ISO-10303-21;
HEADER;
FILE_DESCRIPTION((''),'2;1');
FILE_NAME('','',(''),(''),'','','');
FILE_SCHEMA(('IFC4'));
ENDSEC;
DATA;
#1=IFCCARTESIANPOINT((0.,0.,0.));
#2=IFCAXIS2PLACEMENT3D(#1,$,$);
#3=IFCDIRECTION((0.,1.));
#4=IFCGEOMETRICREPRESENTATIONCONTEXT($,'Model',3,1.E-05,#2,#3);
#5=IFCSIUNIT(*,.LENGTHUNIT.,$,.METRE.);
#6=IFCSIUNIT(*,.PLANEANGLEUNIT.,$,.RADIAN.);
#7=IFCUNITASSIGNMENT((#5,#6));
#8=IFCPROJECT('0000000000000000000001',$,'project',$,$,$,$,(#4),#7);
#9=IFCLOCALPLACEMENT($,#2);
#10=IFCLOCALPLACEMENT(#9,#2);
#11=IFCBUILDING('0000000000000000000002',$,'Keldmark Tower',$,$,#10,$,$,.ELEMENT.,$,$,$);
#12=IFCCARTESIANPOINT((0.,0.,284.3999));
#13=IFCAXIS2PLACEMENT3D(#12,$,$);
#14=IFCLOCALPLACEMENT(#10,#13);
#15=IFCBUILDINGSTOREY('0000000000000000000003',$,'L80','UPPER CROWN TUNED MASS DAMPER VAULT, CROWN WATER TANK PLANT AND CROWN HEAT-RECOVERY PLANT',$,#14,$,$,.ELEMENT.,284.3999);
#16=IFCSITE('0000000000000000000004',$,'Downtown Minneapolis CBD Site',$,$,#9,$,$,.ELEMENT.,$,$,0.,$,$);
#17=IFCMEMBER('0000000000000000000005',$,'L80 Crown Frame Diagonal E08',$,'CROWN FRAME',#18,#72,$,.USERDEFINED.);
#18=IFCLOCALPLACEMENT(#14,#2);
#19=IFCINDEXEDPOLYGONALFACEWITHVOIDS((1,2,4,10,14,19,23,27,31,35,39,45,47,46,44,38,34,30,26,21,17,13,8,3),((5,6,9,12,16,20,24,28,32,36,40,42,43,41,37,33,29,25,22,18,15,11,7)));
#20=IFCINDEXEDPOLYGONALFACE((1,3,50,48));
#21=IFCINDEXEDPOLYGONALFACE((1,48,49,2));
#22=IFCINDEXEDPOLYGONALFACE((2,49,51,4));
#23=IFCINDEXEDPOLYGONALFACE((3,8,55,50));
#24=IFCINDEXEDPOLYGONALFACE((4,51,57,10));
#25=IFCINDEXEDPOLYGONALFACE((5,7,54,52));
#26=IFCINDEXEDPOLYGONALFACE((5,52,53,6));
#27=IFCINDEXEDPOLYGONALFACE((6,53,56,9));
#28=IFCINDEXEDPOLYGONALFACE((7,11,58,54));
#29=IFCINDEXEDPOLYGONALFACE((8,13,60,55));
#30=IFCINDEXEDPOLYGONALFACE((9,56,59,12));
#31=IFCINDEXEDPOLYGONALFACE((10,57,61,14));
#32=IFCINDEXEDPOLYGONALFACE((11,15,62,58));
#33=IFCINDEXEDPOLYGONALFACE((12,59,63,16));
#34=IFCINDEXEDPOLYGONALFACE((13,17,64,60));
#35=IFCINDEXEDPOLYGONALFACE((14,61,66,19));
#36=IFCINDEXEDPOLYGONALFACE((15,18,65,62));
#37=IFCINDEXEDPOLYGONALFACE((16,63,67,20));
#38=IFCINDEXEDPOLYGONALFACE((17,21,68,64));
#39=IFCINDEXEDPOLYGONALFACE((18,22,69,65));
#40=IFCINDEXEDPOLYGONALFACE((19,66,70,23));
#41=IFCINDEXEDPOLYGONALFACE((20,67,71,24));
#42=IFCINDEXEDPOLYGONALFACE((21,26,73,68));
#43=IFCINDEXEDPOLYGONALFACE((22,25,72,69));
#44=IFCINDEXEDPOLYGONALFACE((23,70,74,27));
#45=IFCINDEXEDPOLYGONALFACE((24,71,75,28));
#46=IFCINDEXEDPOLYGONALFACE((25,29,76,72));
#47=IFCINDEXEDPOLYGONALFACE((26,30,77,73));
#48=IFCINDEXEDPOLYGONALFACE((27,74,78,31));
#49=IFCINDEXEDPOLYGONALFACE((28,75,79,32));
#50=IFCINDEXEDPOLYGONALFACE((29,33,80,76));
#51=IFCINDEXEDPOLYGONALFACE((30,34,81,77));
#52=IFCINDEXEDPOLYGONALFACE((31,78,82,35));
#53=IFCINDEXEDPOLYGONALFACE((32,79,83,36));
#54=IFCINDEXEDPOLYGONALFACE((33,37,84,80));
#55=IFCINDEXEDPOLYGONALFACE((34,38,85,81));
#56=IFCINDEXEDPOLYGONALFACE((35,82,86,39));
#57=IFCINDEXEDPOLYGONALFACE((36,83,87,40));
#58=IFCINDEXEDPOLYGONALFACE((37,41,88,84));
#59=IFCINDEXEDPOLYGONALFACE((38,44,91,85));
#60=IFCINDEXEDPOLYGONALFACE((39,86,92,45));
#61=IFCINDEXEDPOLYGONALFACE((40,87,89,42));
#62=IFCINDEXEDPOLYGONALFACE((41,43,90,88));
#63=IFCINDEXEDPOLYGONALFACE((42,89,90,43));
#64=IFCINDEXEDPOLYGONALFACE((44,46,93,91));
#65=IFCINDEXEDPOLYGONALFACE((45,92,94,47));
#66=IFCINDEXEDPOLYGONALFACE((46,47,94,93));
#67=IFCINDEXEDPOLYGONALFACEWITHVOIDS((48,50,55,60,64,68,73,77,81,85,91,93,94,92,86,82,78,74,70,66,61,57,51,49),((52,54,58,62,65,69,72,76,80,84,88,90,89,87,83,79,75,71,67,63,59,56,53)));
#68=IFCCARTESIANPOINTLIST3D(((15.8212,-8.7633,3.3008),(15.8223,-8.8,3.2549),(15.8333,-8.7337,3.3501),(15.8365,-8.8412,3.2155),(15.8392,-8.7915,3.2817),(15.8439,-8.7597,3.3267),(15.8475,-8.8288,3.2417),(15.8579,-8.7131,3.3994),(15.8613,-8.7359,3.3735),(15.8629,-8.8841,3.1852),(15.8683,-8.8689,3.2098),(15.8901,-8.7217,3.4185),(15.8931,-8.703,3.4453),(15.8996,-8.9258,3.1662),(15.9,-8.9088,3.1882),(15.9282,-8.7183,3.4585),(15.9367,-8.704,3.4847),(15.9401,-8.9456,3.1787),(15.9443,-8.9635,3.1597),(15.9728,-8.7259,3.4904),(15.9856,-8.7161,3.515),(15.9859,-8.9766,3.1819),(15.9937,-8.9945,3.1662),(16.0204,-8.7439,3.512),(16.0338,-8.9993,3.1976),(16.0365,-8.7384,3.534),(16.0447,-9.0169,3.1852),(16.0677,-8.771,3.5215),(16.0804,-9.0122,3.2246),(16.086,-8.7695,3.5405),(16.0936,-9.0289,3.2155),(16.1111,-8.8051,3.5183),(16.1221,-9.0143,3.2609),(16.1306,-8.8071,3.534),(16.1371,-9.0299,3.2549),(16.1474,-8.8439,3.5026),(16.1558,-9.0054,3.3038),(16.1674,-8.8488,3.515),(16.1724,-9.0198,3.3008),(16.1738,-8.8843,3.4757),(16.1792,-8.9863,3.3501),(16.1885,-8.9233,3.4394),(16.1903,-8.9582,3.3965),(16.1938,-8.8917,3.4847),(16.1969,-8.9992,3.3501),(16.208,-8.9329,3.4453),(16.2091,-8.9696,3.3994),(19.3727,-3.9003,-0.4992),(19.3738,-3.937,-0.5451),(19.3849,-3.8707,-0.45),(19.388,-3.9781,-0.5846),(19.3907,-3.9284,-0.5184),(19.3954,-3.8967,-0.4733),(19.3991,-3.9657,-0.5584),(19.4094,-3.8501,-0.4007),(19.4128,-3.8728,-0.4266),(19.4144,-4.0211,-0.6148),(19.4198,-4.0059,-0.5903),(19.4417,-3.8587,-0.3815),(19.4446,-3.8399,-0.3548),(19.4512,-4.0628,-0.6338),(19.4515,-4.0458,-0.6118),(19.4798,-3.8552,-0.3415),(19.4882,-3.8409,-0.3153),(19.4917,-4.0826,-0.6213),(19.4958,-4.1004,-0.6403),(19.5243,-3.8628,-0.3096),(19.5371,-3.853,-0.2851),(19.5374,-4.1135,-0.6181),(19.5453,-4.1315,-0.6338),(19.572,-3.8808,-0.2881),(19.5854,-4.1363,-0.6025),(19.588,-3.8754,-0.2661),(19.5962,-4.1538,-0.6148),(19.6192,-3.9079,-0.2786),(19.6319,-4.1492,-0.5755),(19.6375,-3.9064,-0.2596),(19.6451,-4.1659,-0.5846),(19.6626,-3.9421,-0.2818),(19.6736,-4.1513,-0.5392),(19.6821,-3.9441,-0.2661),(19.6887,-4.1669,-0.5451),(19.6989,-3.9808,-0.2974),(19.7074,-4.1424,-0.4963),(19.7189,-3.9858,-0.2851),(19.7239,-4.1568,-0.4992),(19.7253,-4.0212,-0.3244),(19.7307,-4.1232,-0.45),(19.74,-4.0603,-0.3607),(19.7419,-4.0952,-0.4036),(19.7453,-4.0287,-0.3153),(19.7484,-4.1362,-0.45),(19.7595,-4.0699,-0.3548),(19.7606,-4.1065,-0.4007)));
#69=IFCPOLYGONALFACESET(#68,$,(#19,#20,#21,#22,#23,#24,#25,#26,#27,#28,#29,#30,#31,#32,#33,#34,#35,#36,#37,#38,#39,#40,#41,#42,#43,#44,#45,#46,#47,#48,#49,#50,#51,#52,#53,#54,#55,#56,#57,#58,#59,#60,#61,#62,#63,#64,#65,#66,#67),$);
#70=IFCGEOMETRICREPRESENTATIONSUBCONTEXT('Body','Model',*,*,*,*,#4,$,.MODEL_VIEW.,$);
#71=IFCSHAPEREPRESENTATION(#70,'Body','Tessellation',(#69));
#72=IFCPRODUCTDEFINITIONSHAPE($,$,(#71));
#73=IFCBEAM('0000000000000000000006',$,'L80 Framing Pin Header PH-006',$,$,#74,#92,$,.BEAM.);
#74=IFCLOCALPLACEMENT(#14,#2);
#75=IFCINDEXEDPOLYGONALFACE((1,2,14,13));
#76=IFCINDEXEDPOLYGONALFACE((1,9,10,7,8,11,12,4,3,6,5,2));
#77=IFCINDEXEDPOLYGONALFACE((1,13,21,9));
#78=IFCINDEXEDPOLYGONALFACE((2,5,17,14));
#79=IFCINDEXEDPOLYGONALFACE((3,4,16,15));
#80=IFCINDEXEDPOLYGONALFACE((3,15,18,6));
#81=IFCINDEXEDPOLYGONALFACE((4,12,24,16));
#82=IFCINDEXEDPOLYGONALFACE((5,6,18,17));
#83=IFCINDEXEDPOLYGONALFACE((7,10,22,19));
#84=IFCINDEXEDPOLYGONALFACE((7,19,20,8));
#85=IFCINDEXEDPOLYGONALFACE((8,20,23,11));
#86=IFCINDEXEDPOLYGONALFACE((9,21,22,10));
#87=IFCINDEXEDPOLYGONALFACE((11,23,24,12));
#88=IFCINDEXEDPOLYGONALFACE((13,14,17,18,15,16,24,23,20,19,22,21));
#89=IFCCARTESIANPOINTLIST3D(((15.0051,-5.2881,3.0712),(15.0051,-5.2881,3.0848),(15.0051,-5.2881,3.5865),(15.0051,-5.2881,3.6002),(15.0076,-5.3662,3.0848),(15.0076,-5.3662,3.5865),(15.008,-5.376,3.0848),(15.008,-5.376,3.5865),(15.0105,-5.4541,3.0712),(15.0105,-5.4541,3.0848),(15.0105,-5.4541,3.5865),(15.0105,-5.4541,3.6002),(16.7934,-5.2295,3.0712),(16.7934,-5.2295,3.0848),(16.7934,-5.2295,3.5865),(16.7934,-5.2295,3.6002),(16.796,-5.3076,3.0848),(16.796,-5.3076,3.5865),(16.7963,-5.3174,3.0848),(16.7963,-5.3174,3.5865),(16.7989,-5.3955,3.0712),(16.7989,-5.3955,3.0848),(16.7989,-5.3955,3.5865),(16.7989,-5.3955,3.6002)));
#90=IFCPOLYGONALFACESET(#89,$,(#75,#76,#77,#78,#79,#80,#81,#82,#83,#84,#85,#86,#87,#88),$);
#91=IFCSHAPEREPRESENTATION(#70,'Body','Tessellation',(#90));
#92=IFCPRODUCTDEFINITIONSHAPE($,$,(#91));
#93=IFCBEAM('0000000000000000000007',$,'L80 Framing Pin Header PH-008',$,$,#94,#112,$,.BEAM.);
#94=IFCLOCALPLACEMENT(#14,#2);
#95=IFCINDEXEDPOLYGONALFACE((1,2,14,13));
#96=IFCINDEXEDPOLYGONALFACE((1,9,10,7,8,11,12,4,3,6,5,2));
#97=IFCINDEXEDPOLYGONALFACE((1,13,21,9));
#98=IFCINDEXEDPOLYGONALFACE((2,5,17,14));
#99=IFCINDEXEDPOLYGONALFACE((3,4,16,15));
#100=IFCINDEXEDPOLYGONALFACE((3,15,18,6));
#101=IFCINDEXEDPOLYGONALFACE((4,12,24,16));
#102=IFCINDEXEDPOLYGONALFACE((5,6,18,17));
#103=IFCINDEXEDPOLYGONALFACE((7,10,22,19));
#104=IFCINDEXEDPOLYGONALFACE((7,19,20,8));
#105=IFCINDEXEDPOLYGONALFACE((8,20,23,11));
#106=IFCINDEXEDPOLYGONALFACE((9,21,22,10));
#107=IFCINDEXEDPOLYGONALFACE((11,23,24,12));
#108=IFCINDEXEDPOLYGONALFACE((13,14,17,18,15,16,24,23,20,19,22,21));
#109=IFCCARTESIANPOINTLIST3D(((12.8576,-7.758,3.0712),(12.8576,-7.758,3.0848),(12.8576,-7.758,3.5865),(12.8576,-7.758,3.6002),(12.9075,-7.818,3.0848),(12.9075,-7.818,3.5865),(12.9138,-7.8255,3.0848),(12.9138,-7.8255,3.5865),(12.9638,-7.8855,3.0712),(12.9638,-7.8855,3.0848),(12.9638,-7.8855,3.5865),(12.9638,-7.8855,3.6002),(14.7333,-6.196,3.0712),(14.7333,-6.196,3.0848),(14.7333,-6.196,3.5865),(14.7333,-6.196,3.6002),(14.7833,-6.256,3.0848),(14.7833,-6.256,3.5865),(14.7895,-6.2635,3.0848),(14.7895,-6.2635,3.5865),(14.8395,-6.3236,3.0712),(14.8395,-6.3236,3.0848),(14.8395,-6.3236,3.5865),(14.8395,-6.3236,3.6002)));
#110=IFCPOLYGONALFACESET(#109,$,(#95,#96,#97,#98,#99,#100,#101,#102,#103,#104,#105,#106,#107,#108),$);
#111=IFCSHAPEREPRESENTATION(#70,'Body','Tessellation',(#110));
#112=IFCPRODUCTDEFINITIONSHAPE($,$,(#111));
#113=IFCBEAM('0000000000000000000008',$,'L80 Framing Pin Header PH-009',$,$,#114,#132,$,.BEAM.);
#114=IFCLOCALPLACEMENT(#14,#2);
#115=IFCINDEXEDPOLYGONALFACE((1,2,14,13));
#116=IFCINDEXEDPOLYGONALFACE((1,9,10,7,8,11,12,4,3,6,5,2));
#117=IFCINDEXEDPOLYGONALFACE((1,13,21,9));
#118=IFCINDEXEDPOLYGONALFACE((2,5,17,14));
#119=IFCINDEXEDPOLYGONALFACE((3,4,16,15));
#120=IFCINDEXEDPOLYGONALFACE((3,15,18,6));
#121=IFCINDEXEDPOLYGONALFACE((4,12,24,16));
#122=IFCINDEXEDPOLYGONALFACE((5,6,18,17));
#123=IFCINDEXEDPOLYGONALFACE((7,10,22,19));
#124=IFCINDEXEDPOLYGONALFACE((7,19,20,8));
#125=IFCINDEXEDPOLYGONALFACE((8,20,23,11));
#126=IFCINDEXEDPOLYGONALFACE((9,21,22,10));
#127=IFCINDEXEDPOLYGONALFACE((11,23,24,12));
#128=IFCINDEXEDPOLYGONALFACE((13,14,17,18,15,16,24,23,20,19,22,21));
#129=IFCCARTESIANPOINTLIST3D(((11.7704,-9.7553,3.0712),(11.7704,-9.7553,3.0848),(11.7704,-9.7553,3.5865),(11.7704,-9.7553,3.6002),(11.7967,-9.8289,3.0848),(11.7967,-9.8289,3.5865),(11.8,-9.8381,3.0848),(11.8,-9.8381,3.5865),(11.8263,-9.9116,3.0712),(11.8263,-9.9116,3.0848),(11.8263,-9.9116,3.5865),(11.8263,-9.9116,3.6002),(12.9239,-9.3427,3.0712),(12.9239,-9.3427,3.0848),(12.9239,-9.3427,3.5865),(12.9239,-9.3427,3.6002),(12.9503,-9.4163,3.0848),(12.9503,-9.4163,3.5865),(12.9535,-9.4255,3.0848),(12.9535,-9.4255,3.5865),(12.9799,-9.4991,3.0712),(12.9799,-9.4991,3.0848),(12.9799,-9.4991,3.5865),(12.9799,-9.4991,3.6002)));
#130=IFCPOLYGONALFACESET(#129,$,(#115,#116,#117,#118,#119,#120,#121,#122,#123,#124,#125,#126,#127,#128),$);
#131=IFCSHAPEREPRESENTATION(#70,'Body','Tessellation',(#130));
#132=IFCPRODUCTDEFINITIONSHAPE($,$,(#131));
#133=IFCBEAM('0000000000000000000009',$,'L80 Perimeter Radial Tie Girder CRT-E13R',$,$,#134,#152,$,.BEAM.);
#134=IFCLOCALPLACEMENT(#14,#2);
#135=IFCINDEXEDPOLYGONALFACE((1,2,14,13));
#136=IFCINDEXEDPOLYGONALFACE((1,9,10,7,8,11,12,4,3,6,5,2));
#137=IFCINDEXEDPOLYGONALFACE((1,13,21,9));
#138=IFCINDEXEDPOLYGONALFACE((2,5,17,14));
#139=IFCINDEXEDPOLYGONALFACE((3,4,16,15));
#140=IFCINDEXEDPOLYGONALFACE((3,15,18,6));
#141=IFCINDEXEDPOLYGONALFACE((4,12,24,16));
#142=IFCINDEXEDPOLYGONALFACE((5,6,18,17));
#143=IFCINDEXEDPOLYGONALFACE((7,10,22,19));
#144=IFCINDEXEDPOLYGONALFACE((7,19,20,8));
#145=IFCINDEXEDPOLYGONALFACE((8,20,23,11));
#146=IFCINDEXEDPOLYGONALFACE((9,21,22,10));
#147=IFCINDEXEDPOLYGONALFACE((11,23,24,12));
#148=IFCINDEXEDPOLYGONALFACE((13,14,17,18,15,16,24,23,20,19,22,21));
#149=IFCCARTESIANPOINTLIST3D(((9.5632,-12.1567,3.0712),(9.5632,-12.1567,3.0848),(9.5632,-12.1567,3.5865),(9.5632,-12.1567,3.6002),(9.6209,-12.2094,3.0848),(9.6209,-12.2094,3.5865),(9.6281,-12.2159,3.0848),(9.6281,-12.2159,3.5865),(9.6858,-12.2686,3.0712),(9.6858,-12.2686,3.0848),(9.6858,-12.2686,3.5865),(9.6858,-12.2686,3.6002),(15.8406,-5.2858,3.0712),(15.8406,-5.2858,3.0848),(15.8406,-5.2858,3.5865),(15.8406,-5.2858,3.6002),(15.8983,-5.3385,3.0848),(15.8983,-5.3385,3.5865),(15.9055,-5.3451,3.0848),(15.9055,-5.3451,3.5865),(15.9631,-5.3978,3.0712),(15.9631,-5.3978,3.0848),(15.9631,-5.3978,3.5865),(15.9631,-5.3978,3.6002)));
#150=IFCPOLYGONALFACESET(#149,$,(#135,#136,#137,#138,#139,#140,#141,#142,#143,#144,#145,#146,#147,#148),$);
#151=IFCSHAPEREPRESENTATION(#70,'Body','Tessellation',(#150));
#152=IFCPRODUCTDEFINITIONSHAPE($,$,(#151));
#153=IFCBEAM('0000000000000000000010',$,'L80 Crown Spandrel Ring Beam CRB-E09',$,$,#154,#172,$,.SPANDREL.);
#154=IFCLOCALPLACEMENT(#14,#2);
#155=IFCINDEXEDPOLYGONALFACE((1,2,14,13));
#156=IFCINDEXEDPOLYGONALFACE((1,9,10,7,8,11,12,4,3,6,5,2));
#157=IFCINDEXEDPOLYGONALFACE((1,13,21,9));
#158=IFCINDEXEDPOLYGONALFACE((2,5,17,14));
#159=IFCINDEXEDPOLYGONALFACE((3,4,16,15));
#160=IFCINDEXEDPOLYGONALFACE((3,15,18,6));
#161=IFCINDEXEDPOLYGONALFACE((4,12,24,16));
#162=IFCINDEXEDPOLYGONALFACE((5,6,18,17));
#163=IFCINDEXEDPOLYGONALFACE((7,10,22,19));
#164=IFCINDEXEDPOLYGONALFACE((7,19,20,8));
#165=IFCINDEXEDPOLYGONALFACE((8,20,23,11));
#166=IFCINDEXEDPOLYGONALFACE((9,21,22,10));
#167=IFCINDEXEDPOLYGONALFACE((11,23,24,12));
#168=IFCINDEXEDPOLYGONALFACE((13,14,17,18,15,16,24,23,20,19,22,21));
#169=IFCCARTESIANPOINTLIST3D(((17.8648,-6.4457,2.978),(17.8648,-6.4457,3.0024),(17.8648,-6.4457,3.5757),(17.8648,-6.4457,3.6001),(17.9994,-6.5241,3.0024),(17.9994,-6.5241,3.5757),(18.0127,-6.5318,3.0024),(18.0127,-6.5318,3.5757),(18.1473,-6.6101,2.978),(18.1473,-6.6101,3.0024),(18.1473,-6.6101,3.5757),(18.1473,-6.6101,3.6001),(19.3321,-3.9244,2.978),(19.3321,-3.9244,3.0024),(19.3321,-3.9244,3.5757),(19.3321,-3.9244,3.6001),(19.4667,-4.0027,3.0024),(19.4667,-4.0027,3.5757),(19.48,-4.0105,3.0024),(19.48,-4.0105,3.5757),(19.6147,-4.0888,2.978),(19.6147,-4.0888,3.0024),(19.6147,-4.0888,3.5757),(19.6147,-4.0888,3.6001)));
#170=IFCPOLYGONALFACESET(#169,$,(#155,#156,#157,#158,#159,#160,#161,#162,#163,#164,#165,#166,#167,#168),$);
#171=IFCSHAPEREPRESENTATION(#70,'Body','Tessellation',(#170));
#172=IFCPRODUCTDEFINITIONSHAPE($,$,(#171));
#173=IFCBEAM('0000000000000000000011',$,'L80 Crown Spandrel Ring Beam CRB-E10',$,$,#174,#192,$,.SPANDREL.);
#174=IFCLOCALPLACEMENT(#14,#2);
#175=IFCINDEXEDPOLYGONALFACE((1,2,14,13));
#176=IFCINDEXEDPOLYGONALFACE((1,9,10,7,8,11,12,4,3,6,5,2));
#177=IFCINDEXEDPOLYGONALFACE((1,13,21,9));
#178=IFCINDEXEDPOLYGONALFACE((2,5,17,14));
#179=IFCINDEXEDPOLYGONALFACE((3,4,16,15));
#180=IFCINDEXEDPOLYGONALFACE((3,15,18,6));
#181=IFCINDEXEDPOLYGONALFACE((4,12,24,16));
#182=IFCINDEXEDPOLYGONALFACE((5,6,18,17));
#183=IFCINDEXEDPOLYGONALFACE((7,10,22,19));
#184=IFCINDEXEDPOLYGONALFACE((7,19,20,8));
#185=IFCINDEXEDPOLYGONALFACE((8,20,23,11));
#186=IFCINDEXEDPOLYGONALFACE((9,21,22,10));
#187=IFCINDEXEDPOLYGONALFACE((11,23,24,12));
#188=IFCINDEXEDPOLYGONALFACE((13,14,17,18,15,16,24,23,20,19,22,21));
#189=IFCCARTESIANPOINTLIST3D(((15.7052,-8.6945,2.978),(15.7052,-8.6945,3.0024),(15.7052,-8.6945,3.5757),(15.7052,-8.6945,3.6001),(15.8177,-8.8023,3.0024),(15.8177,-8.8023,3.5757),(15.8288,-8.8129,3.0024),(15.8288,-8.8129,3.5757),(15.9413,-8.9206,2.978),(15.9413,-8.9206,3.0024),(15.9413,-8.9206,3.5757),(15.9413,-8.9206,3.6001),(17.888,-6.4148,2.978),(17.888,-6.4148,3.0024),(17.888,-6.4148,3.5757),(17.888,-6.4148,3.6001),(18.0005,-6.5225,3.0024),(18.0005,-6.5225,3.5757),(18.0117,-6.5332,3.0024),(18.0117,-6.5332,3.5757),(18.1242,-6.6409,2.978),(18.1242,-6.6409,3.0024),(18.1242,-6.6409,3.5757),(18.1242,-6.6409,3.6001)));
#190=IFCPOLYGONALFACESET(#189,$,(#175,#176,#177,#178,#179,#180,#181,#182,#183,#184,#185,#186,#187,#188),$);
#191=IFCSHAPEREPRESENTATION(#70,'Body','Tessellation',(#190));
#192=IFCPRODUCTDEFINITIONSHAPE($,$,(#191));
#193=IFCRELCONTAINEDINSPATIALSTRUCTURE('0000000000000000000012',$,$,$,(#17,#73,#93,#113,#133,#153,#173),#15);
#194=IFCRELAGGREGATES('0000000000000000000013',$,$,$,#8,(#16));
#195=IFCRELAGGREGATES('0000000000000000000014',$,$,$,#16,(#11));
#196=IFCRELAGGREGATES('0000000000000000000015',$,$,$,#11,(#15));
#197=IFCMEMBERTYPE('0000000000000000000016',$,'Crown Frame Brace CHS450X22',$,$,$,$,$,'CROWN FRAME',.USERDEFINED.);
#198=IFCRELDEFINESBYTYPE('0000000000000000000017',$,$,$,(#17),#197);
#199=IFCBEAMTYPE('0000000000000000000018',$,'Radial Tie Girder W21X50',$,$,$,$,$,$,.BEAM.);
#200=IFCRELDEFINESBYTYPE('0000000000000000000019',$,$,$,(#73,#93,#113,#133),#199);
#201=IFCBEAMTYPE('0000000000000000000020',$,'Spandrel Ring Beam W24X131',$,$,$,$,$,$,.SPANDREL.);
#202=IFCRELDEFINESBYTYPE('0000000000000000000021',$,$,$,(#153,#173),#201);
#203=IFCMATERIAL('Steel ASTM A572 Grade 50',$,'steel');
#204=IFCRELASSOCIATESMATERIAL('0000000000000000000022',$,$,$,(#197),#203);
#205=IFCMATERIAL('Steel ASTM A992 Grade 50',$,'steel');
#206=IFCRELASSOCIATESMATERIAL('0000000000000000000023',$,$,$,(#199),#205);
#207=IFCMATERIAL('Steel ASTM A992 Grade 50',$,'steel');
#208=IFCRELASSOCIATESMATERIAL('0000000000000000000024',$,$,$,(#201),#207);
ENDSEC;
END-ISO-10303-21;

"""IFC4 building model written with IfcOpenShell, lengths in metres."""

from ifc_helpers import new_model, si_unit, direction, frame, origin, origin_2d, place, context, subcontext, project, spatial, hollow_circle, i_section, extrude, material, material_profile, profile_set, type_object, element, save


model = new_model("IFC4")

# Units and contexts
model_context = context("Model", 3, precision=1e-05, world=origin(), true_north=direction((0.0, 1.0)))
body_context = subcontext(model_context, "Body", "Model", "MODEL_VIEW")
ifc_project = project(units=[si_unit("LENGTHUNIT", "METRE"), si_unit("PLANEANGLEUNIT", "RADIAN")], contexts=[model_context])

# Site, building, storey
site_placement = place(None, origin())
site = spatial("IfcSite", under=ifc_project, at=site_placement, Name="Downtown Minneapolis CBD Site", CompositionType="ELEMENT", RefElevation=0.0)
building_placement = place(site_placement, origin())
building = spatial("IfcBuilding", under=site, at=building_placement, Name="Keldmark Tower", CompositionType="ELEMENT")
storey_placement = place(building_placement, frame((0.0, 0.0, 284.3999)))
storey = spatial("IfcBuildingStorey", under=building, at=storey_placement, Name="L80", Description="UPPER CROWN TUNED MASS DAMPER VAULT, CROWN WATER TANK PLANT AND CROWN HEAT-RECOVERY PLANT", CompositionType="ELEMENT", Elevation=284.3999)

# Member
ifc_material_1 = material(Name="Steel ASTM A572 Grade 50", Category="steel")
ifc_material_profile_1 = material_profile(ifc_material_1, hollow_circle(Radius=0.2251, WallThickness=0.022, at=origin_2d()), Name="CHS450X22")
ifc_profile_set_1 = profile_set([ifc_material_profile_1], Name="Steel ASTM A572 Grade 50")
member_type = type_object("IfcMemberType", Name="Crown Frame Brace CHS450X22", ElementType="CROWN FRAME", PredefinedType="USERDEFINED", material=ifc_profile_set_1)
member_placement = place(storey_placement, frame((19.5667, -4.0034, -0.45), z_axis=(-0.498767, -0.682955, 0.533671), x_axis=(0.807569, -0.589774, 0.0)))
element("IfcMember", 1, at=member_placement, inside=storey, type_object=member_type, Name="L80 Crown Frame Diagonal E08", ObjectType="CROWN FRAME", PredefinedType="USERDEFINED", context=body_context, shape_type="SweptSolid", body=[
    extrude(hollow_circle(Radius=0.2251, WallThickness=0.022, at=origin_2d()), origin(), (0.0, 0.0, 1.0), 7.1206),
])

# Beams
ifc_material_2 = material(Name="Steel ASTM A992 Grade 50", Category="steel")
ifc_material_profile_2 = material_profile(ifc_material_2, i_section(OverallWidth=0.166, OverallDepth=0.5291, WebThickness=0.0098, FlangeThickness=0.0137, at=origin_2d()), Name="W21X50")
ifc_profile_set_2 = profile_set([ifc_material_profile_2], Name="Steel ASTM A992 Grade 50")
beam_type_1 = type_object("IfcBeamType", Name="Radial Tie Girder W21X50", PredefinedType="BEAM", material=ifc_profile_set_2)
beam_1_placement = place(storey_placement, frame((16.7961, -5.3125, 3.3357), z_axis=(-0.999464, -0.032747, 0.0), x_axis=(0.032747, -0.999464, 0.0)))
element("IfcBeam", 2, at=beam_1_placement, inside=storey, type_object=beam_type_1, Name="L80 Framing Pin Header PH-006", PredefinedType="BEAM", context=body_context, shape_type="SweptSolid", body=[
    extrude(i_section(OverallWidth=0.166, OverallDepth=0.5291, WebThickness=0.0098, FlangeThickness=0.0137, at=origin_2d()), origin(), (0.0, 0.0, 1.0), 1.7893),
])
beam_2_placement = place(storey_placement, frame((14.7864, -6.2598, 3.3357), z_axis=(-0.768443, -0.639919, 0.0), x_axis=(0.639919, -0.768443, 0.0)))
element("IfcBeam", 3, at=beam_2_placement, inside=storey, type_object=beam_type_1, Name="L80 Framing Pin Header PH-008", PredefinedType="BEAM", context=body_context, shape_type="SweptSolid", body=[
    extrude(i_section(OverallWidth=0.166, OverallDepth=0.5291, WebThickness=0.0098, FlangeThickness=0.0137, at=origin_2d()), origin(), (0.0, 0.0, 1.0), 2.4409),
])
beam_3_placement = place(storey_placement, frame((12.9519, -9.4209, 3.3357), z_axis=(-0.941584, -0.336778, 0.0), x_axis=(0.336778, -0.941584, 0.0)))
element("IfcBeam", 4, at=beam_3_placement, inside=storey, type_object=beam_type_1, Name="L80 Framing Pin Header PH-009", PredefinedType="BEAM", context=body_context, shape_type="SweptSolid", body=[
    extrude(i_section(OverallWidth=0.166, OverallDepth=0.5291, WebThickness=0.0098, FlangeThickness=0.0137, at=origin_2d()), origin(), (0.0, 0.0, 1.0), 1.2251),
])
beam_4_placement = place(storey_placement, frame((15.9019, -5.3418, 3.3357), z_axis=(-0.674501, -0.738274, 0.0), x_axis=(0.738274, -0.674501, 0.0)))
element("IfcBeam", 5, at=beam_4_placement, inside=storey, type_object=beam_type_1, Name="L80 Perimeter Radial Tie Girder CRT-E13R", PredefinedType="BEAM", context=body_context, shape_type="SweptSolid", body=[
    extrude(i_section(OverallWidth=0.166, OverallDepth=0.5291, WebThickness=0.0098, FlangeThickness=0.0137, at=origin_2d()), origin(), (0.0, 0.0, 1.0), 9.3066),
])
ifc_material_3 = material(Name="Steel ASTM A992 Grade 50", Category="steel")
ifc_material_profile_3 = material_profile(ifc_material_3, i_section(OverallWidth=0.3269, OverallDepth=0.6221, WebThickness=0.0154, FlangeThickness=0.0244, at=origin_2d()), Name="W24X131")
ifc_profile_set_3 = profile_set([ifc_material_profile_3], Name="Steel ASTM A992 Grade 50")
beam_type_2 = type_object("IfcBeamType", Name="Spandrel Ring Beam W24X131", PredefinedType="SPANDREL", material=ifc_profile_set_3)
beam_5_placement = place(storey_placement, frame((19.4734, -4.0066, 3.2891), z_axis=(-0.502991, -0.864291, 0.0), x_axis=(0.864291, -0.502991, 0.0)))
element("IfcBeam", 6, at=beam_5_placement, inside=storey, type_object=beam_type_2, Name="L80 Crown Spandrel Ring Beam CRB-E09", PredefinedType="SPANDREL", context=body_context, shape_type="SweptSolid", body=[
    extrude(i_section(OverallWidth=0.3269, OverallDepth=0.6221, WebThickness=0.0154, FlangeThickness=0.0244, at=origin_2d()), origin(), (0.0, 0.0, 1.0), 2.9172),
])
beam_6_placement = place(storey_placement, frame((18.0061, -6.5278, 3.2891), z_axis=(-0.691586, -0.722294, 0.0), x_axis=(0.722294, -0.691586, 0.0)))
element("IfcBeam", 7, at=beam_6_placement, inside=storey, type_object=beam_type_2, Name="L80 Crown Spandrel Ring Beam CRB-E10", PredefinedType="SPANDREL", context=body_context, shape_type="SweptSolid", body=[
    extrude(i_section(OverallWidth=0.3269, OverallDepth=0.6221, WebThickness=0.0154, FlangeThickness=0.0244, at=origin_2d()), origin(), (0.0, 0.0, 1.0), 3.1562),
])

save(model, "model.ifc")
